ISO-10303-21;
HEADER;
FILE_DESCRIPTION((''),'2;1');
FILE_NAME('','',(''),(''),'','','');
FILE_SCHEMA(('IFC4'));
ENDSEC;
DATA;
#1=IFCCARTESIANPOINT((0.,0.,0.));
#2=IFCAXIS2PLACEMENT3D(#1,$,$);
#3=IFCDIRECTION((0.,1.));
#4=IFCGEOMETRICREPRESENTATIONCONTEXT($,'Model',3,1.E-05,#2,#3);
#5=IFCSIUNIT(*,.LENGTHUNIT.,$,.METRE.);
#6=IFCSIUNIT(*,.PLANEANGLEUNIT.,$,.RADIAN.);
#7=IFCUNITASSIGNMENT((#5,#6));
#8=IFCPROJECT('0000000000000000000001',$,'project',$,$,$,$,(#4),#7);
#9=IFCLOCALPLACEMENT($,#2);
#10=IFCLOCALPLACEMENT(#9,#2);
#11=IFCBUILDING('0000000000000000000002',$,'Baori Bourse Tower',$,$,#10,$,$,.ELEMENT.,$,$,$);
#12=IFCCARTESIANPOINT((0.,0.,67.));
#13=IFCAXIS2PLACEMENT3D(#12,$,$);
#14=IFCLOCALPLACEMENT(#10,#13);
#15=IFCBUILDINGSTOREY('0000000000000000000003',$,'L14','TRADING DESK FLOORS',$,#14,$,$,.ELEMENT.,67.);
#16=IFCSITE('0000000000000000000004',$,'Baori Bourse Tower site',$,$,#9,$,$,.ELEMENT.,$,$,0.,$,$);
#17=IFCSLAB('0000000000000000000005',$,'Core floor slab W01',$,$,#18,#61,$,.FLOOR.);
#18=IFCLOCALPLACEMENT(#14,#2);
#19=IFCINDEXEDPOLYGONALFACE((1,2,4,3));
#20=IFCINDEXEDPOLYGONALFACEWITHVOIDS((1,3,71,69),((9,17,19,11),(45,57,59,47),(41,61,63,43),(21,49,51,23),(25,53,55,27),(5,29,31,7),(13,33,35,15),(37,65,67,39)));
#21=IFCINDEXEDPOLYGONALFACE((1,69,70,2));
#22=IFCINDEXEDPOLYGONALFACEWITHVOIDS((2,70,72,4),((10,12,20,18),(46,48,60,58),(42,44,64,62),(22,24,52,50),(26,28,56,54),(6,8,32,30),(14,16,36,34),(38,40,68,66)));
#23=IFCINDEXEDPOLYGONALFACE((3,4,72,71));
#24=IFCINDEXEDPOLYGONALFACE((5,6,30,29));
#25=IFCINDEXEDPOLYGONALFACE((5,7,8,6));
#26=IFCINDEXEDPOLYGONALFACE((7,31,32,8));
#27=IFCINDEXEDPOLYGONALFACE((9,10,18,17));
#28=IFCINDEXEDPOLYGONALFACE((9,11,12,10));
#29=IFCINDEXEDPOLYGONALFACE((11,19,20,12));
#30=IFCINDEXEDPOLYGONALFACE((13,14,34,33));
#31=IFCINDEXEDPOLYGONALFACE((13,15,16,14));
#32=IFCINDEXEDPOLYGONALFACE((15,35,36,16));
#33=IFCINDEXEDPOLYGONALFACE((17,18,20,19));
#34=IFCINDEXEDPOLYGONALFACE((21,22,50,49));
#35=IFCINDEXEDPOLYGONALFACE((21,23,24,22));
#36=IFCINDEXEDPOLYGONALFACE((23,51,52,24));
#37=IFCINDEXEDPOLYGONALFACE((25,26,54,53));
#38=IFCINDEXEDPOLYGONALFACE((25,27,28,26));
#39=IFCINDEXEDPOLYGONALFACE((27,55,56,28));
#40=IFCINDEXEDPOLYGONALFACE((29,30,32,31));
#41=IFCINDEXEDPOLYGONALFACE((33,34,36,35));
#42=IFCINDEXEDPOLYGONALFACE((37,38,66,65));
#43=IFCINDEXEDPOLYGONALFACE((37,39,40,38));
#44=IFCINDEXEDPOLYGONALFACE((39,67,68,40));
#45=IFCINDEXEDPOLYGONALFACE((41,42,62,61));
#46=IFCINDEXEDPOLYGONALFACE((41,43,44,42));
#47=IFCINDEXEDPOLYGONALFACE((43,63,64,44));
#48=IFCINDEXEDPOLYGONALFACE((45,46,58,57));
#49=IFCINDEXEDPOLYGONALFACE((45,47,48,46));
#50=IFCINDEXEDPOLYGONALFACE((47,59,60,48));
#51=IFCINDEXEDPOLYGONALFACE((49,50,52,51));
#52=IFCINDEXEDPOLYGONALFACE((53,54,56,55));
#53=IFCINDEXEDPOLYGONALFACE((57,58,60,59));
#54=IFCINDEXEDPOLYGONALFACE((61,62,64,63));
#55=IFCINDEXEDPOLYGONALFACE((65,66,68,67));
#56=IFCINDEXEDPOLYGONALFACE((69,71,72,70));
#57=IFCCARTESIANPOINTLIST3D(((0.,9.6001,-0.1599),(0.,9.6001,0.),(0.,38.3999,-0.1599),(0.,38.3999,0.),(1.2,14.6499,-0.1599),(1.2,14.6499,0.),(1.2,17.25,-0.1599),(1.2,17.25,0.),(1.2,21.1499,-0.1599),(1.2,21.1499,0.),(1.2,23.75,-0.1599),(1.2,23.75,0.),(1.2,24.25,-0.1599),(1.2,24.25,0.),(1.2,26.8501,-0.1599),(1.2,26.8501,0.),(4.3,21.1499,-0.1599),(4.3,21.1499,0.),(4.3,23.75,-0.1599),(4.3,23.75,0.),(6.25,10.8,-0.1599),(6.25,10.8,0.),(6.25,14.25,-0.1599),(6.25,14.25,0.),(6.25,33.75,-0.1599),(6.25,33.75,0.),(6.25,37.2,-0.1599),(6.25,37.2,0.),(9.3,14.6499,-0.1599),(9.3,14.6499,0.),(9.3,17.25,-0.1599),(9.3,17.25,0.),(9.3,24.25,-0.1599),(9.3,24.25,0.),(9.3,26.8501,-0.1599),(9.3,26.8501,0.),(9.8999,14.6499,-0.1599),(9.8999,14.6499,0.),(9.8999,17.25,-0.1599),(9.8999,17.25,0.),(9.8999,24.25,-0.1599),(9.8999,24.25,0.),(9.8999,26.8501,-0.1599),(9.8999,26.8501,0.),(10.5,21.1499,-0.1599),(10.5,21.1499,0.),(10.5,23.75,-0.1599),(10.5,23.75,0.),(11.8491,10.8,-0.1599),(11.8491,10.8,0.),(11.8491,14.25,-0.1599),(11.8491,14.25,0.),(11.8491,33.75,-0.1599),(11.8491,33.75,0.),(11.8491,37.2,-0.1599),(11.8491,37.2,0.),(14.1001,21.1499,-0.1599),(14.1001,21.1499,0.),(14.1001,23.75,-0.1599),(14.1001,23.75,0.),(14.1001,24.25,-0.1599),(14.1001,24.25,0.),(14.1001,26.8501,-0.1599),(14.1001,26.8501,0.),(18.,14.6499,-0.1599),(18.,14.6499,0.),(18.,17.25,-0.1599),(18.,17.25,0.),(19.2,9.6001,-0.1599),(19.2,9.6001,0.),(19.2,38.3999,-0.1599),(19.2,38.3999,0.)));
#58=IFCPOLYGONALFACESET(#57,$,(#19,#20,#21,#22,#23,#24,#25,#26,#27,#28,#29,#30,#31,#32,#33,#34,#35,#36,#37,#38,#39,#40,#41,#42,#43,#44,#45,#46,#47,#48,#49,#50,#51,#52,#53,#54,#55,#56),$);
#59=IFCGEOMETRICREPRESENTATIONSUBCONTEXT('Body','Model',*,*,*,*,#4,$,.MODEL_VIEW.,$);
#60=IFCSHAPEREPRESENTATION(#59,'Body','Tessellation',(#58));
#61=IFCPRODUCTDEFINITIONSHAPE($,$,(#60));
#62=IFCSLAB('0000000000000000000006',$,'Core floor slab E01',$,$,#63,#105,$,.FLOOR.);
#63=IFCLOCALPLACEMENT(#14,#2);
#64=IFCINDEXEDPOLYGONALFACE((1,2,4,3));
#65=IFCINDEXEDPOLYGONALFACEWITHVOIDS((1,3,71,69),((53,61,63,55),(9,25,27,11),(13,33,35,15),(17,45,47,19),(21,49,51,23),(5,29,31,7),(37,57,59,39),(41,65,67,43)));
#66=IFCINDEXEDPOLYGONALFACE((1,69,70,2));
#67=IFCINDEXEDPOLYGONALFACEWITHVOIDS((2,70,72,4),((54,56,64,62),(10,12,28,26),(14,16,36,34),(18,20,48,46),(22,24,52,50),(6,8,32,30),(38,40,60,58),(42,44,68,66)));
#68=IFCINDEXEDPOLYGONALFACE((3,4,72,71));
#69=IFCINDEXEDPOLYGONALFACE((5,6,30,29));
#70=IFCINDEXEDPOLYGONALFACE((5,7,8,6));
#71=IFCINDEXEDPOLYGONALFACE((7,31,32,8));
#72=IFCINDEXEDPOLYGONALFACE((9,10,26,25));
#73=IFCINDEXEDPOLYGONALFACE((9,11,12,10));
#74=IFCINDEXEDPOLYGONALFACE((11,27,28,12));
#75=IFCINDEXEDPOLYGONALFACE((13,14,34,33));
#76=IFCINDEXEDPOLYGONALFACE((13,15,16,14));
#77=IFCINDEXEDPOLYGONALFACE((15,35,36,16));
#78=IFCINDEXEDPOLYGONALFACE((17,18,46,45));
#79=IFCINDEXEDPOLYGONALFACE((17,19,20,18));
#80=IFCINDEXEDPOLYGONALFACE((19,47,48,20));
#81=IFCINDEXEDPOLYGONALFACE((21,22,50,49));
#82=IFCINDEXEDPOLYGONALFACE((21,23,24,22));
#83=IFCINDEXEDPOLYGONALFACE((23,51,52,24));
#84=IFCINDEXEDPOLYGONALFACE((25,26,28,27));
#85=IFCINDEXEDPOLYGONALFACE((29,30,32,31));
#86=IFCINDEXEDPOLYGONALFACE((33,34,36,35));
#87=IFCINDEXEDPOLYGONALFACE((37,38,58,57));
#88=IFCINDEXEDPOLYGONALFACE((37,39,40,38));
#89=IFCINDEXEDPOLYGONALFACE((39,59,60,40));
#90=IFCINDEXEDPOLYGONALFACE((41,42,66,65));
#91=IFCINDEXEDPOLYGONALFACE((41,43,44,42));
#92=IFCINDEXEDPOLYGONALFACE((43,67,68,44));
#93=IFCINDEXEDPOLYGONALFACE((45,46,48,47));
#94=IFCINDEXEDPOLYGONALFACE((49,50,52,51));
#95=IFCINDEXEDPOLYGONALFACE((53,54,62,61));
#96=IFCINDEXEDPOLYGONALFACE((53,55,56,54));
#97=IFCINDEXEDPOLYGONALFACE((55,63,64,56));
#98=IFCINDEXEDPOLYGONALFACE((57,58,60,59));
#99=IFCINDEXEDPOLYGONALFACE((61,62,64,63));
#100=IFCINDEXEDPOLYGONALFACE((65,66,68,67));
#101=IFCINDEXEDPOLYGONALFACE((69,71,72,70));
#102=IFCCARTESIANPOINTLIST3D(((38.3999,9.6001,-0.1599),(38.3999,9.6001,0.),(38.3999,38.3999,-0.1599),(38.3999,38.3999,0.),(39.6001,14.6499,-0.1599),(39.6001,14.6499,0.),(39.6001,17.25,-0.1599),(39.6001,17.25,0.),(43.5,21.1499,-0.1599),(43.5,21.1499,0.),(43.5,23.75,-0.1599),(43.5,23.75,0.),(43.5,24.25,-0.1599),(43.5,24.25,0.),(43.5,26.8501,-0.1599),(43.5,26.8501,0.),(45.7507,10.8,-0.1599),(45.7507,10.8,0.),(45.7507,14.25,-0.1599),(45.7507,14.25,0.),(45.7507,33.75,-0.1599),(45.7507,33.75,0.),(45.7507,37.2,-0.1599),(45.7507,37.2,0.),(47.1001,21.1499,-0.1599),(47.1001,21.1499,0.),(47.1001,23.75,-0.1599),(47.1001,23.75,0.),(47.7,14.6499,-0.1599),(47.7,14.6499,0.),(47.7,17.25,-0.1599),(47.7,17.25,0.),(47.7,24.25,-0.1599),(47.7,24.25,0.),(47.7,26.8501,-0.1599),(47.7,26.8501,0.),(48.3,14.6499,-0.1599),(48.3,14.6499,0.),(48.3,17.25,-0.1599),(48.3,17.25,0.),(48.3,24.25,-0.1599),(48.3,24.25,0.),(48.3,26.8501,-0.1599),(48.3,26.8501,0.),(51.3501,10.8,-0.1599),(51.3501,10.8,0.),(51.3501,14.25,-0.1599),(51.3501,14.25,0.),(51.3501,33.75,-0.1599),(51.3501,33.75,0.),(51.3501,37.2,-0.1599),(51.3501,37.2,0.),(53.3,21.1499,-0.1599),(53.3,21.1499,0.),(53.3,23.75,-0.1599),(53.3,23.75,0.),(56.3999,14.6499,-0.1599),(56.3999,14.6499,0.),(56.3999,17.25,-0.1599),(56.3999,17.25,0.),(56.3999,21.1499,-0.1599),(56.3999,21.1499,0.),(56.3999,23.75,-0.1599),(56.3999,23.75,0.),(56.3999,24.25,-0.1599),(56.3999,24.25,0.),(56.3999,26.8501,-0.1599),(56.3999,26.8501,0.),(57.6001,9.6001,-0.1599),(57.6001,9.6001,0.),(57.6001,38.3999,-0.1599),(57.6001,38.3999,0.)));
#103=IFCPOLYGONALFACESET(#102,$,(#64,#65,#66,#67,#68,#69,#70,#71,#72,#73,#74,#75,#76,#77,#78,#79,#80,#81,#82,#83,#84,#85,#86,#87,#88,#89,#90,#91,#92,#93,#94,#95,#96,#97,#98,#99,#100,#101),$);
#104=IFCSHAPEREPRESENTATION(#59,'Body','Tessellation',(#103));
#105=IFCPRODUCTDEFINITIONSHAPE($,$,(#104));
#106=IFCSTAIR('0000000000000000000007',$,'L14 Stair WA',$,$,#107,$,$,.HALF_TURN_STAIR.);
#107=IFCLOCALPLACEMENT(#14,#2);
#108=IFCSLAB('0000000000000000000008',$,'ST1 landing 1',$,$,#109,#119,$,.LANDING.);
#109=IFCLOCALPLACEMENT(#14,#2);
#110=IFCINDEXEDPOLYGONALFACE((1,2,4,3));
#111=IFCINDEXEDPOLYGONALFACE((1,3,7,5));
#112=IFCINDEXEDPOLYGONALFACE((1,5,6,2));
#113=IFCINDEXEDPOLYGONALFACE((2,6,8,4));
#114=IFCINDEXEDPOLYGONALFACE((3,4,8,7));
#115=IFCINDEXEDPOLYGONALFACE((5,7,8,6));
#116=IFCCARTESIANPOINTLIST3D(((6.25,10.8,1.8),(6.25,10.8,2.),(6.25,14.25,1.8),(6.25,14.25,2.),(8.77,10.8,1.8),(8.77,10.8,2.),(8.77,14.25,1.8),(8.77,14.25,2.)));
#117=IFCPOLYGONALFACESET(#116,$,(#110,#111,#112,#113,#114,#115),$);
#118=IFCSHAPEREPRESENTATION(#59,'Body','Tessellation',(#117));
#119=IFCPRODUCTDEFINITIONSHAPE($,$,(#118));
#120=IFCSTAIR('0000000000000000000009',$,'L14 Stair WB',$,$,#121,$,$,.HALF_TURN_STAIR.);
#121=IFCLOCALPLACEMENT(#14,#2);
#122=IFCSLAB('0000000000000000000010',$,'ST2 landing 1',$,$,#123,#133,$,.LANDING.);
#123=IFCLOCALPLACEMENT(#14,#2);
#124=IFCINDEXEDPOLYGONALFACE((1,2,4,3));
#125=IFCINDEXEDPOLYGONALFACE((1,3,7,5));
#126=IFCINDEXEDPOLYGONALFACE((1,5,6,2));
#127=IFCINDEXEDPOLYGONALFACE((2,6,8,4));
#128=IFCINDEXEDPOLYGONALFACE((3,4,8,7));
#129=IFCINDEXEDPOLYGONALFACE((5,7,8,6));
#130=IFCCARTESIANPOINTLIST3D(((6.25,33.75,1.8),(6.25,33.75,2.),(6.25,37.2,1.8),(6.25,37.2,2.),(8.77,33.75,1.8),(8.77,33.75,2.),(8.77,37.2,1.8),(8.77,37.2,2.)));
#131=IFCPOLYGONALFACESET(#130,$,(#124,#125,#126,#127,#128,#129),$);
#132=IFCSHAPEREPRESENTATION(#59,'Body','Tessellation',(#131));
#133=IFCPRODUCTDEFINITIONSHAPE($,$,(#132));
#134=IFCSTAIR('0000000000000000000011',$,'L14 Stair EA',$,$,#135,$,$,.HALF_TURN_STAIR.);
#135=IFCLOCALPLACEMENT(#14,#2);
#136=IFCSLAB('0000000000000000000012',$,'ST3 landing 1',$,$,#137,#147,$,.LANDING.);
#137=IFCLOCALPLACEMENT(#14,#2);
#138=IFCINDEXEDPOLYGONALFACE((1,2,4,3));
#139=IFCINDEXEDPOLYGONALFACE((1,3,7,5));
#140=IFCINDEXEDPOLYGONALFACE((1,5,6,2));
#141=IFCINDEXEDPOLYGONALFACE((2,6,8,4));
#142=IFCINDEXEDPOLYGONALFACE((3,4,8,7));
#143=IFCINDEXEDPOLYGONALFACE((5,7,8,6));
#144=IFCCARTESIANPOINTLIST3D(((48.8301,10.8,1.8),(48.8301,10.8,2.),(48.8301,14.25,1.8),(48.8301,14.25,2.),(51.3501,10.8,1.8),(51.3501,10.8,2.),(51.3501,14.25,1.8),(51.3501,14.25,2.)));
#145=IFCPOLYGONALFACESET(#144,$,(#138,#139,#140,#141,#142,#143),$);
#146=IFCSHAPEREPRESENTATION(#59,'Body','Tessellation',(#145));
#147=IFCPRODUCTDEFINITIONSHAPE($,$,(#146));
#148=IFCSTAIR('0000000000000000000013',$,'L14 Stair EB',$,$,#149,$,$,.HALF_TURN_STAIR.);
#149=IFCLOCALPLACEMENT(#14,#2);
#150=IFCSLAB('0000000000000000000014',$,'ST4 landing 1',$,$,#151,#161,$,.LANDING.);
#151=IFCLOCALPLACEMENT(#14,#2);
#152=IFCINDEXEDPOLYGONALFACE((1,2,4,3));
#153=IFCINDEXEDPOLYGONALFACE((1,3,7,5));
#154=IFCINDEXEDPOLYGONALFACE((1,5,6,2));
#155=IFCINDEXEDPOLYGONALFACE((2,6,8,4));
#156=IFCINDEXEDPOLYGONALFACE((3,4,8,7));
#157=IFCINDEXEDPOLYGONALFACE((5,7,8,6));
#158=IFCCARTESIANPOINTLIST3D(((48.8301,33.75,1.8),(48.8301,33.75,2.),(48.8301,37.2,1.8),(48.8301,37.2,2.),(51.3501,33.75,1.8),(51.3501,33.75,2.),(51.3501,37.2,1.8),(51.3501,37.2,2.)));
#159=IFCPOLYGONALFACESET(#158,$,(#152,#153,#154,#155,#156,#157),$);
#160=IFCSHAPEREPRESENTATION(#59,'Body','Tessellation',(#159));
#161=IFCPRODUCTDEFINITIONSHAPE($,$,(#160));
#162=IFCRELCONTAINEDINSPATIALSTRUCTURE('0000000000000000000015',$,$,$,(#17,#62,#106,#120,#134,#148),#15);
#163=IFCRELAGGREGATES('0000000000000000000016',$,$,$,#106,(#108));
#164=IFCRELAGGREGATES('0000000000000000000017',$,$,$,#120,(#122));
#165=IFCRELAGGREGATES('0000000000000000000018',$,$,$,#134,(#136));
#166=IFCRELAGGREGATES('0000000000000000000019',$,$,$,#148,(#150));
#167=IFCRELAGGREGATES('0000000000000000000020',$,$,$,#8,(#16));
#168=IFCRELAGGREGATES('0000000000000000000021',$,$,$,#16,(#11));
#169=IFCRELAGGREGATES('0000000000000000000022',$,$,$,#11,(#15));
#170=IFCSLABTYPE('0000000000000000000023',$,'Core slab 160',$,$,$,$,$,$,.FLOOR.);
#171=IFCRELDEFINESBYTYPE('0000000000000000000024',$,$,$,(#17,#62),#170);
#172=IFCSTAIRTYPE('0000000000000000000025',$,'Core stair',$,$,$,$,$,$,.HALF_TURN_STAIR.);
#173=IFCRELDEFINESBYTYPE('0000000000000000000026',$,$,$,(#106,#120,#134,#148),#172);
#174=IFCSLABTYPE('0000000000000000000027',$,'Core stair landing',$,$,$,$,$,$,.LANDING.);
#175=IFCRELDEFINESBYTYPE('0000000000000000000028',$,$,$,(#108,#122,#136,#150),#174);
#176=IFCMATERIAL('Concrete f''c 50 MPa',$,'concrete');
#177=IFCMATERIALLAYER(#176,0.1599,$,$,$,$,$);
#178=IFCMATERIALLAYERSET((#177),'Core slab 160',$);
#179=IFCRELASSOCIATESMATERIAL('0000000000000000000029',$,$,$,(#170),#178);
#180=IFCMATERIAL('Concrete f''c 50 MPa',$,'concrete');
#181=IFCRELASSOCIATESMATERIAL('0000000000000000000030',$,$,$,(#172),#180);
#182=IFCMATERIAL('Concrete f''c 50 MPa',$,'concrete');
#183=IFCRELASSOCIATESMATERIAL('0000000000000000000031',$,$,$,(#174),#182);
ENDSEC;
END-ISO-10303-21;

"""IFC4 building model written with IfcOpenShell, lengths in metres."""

from ifc_helpers import new_model, si_unit, direction, frame, origin, place, context, subcontext, project, spatial, polyline, outline, extrude, material, layer, layer_set, type_object, element, aggregate, save


model = new_model("IFC4")

# Units and contexts
model_context = context("Model", 3, precision=1e-05, world=origin(), true_north=direction((0.0, 1.0)))
body_context = subcontext(model_context, "Body", "Model", "MODEL_VIEW")
ifc_project = project(units=[si_unit("LENGTHUNIT", "METRE"), si_unit("PLANEANGLEUNIT", "RADIAN")], contexts=[model_context])

# Site, building, storey
site_placement = place(None, origin())
site = spatial("IfcSite", under=ifc_project, at=site_placement, Name="Baori Bourse Tower site", CompositionType="ELEMENT", RefElevation=0.0)
building_placement = place(site_placement, origin())
building = spatial("IfcBuilding", under=site, at=building_placement, Name="Baori Bourse Tower", CompositionType="ELEMENT")
storey_placement = place(building_placement, frame((0.0, 0.0, 67.0)))
storey = spatial("IfcBuildingStorey", under=building, at=storey_placement, Name="L14", Description="TRADING DESK FLOORS", CompositionType="ELEMENT", Elevation=67.0)

# Slabs
ifc_material_1 = material(Name="Concrete f'c 50 MPa", Category="concrete")
ifc_layer_1 = layer(ifc_material_1, 0.1599)
ifc_layer_set_1 = layer_set([ifc_layer_1], Name="Core slab 160")
slab_type_1 = type_object("IfcSlabType", Name="Core slab 160", PredefinedType="FLOOR", material=ifc_layer_set_1)
slab_1_placement = place(storey_placement, frame((0.0, 0.0, -0.1599)))
element("IfcSlab", 1, at=slab_1_placement, inside=storey, type_object=slab_type_1, Name="Core floor slab W01", PredefinedType="FLOOR", context=body_context, shape_type="SweptSolid", body=[
    extrude(outline(polyline([(19.2, 9.6001), (19.2, 38.3999), (0.0, 38.3999), (0.0, 9.6001), (19.2, 9.6001)]), holes=[polyline([(9.8999, 14.6499), (9.8999, 17.25), (18.0, 17.25), (18.0, 14.6499), (9.8999, 14.6499)]), polyline([(10.5, 21.1499), (10.5, 23.75), (14.1001, 23.75), (14.1001, 21.1499), (10.5, 21.1499)]), polyline([(14.1001, 24.25), (9.8999, 24.25), (9.8999, 26.8501), (14.1001, 26.8501), (14.1001, 24.25)]), polyline([(6.25, 14.25), (11.8491, 14.25), (11.8491, 10.8), (6.25, 10.8), (6.25, 14.25)]), polyline([(11.8491, 37.2), (11.8491, 33.75), (6.25, 33.75), (6.25, 37.2), (11.8491, 37.2)]), polyline([(1.2, 26.8501), (9.3, 26.8501), (9.3, 24.25), (1.2, 24.25), (1.2, 26.8501)]), polyline([(9.3, 14.6499), (1.2, 14.6499), (1.2, 17.25), (9.3, 17.25), (9.3, 14.6499)]), polyline([(4.3, 23.75), (4.3, 21.1499), (1.2, 21.1499), (1.2, 23.75), (4.3, 23.75)])]), origin(), (0.0, 0.0, 1.0), 0.1599),
])
slab_2_placement = place(storey_placement, frame((0.0, 0.0, -0.1599)))
element("IfcSlab", 2, at=slab_2_placement, inside=storey, type_object=slab_type_1, Name="Core floor slab E01", PredefinedType="FLOOR", context=body_context, shape_type="SweptSolid", body=[
    extrude(outline(polyline([(38.3999, 9.6001), (57.6001, 9.6001), (57.6001, 38.3999), (38.3999, 38.3999), (38.3999, 9.6001)]), holes=[polyline([(48.3, 14.6499), (48.3, 17.25), (56.3999, 17.25), (56.3999, 14.6499), (48.3, 14.6499)]), polyline([(56.3999, 21.1499), (53.3, 21.1499), (53.3, 23.75), (56.3999, 23.75), (56.3999, 21.1499)]), polyline([(56.3999, 26.8501), (56.3999, 24.25), (48.3, 24.25), (48.3, 26.8501), (56.3999, 26.8501)]), polyline([(45.7507, 14.25), (51.3501, 14.25), (51.3501, 10.8), (45.7507, 10.8), (45.7507, 14.25)]), polyline([(51.3501, 37.2), (51.3501, 33.75), (45.7507, 33.75), (45.7507, 37.2), (51.3501, 37.2)]), polyline([(39.6001, 17.25), (47.7, 17.25), (47.7, 14.6499), (39.6001, 14.6499), (39.6001, 17.25)]), polyline([(43.5, 24.25), (43.5, 26.8501), (47.7, 26.8501), (47.7, 24.25), (43.5, 24.25)]), polyline([(43.5, 23.75), (47.1001, 23.75), (47.1001, 21.1499), (43.5, 21.1499), (43.5, 23.75)])]), origin(), (0.0, 0.0, 1.0), 0.1599),
])

# Stairs, slabs
ifc_material_2 = material(Name="Concrete f'c 50 MPa", Category="concrete")
stair_type = type_object("IfcStairType", Name="Core stair", PredefinedType="HALF_TURN_STAIR", material=ifc_material_2)
stair_1_placement = place(storey_placement, origin())
stair_1 = element("IfcStair", 3, at=stair_1_placement, inside=storey, type_object=stair_type, Name="L14 Stair WA", PredefinedType="HALF_TURN_STAIR")
ifc_material_3 = material(Name="Concrete f'c 50 MPa", Category="concrete")
slab_type_2 = type_object("IfcSlabType", Name="Core stair landing", PredefinedType="LANDING", material=ifc_material_3)
slab_3_placement = place(storey_placement, frame((0.0, 0.0, 1.8)))
slab_3 = element("IfcSlab", 4, at=slab_3_placement, type_object=slab_type_2, Name="ST1 landing 1", PredefinedType="LANDING", context=body_context, shape_type="SweptSolid", body=[
    extrude(outline(polyline([(8.77, 14.25), (6.25, 14.25), (6.25, 10.8), (8.77, 10.8), (8.77, 14.25)])), origin(), (0.0, 0.0, 1.0), 0.2),
])
aggregate(stair_1, [slab_3])
stair_2_placement = place(storey_placement, origin())
stair_2 = element("IfcStair", 5, at=stair_2_placement, inside=storey, type_object=stair_type, Name="L14 Stair WB", PredefinedType="HALF_TURN_STAIR")
slab_4_placement = place(storey_placement, frame((0.0, 0.0, 1.8)))
slab_4 = element("IfcSlab", 6, at=slab_4_placement, type_object=slab_type_2, Name="ST2 landing 1", PredefinedType="LANDING", context=body_context, shape_type="SweptSolid", body=[
    extrude(outline(polyline([(8.77, 37.2), (6.25, 37.2), (6.25, 33.75), (8.77, 33.75), (8.77, 37.2)])), origin(), (0.0, 0.0, 1.0), 0.2),
])
aggregate(stair_2, [slab_4])
stair_3_placement = place(storey_placement, origin())
stair_3 = element("IfcStair", 7, at=stair_3_placement, inside=storey, type_object=stair_type, Name="L14 Stair EA", PredefinedType="HALF_TURN_STAIR")
slab_5_placement = place(storey_placement, frame((0.0, 0.0, 1.8)))
slab_5 = element("IfcSlab", 8, at=slab_5_placement, type_object=slab_type_2, Name="ST3 landing 1", PredefinedType="LANDING", context=body_context, shape_type="SweptSolid", body=[
    extrude(outline(polyline([(48.8301, 10.8), (51.3501, 10.8), (51.3501, 14.25), (48.8301, 14.25), (48.8301, 10.8)])), origin(), (0.0, 0.0, 1.0), 0.2),
])
aggregate(stair_3, [slab_5])
stair_4_placement = place(storey_placement, origin())
stair_4 = element("IfcStair", 9, at=stair_4_placement, inside=storey, type_object=stair_type, Name="L14 Stair EB", PredefinedType="HALF_TURN_STAIR")
slab_6_placement = place(storey_placement, frame((0.0, 0.0, 1.8)))
slab_6 = element("IfcSlab", 10, at=slab_6_placement, type_object=slab_type_2, Name="ST4 landing 1", PredefinedType="LANDING", context=body_context, shape_type="SweptSolid", body=[
    extrude(outline(polyline([(48.8301, 33.75), (51.3501, 33.75), (51.3501, 37.2), (48.8301, 37.2), (48.8301, 33.75)])), origin(), (0.0, 0.0, 1.0), 0.2),
])
aggregate(stair_4, [slab_6])

save(model, "model.ifc")
